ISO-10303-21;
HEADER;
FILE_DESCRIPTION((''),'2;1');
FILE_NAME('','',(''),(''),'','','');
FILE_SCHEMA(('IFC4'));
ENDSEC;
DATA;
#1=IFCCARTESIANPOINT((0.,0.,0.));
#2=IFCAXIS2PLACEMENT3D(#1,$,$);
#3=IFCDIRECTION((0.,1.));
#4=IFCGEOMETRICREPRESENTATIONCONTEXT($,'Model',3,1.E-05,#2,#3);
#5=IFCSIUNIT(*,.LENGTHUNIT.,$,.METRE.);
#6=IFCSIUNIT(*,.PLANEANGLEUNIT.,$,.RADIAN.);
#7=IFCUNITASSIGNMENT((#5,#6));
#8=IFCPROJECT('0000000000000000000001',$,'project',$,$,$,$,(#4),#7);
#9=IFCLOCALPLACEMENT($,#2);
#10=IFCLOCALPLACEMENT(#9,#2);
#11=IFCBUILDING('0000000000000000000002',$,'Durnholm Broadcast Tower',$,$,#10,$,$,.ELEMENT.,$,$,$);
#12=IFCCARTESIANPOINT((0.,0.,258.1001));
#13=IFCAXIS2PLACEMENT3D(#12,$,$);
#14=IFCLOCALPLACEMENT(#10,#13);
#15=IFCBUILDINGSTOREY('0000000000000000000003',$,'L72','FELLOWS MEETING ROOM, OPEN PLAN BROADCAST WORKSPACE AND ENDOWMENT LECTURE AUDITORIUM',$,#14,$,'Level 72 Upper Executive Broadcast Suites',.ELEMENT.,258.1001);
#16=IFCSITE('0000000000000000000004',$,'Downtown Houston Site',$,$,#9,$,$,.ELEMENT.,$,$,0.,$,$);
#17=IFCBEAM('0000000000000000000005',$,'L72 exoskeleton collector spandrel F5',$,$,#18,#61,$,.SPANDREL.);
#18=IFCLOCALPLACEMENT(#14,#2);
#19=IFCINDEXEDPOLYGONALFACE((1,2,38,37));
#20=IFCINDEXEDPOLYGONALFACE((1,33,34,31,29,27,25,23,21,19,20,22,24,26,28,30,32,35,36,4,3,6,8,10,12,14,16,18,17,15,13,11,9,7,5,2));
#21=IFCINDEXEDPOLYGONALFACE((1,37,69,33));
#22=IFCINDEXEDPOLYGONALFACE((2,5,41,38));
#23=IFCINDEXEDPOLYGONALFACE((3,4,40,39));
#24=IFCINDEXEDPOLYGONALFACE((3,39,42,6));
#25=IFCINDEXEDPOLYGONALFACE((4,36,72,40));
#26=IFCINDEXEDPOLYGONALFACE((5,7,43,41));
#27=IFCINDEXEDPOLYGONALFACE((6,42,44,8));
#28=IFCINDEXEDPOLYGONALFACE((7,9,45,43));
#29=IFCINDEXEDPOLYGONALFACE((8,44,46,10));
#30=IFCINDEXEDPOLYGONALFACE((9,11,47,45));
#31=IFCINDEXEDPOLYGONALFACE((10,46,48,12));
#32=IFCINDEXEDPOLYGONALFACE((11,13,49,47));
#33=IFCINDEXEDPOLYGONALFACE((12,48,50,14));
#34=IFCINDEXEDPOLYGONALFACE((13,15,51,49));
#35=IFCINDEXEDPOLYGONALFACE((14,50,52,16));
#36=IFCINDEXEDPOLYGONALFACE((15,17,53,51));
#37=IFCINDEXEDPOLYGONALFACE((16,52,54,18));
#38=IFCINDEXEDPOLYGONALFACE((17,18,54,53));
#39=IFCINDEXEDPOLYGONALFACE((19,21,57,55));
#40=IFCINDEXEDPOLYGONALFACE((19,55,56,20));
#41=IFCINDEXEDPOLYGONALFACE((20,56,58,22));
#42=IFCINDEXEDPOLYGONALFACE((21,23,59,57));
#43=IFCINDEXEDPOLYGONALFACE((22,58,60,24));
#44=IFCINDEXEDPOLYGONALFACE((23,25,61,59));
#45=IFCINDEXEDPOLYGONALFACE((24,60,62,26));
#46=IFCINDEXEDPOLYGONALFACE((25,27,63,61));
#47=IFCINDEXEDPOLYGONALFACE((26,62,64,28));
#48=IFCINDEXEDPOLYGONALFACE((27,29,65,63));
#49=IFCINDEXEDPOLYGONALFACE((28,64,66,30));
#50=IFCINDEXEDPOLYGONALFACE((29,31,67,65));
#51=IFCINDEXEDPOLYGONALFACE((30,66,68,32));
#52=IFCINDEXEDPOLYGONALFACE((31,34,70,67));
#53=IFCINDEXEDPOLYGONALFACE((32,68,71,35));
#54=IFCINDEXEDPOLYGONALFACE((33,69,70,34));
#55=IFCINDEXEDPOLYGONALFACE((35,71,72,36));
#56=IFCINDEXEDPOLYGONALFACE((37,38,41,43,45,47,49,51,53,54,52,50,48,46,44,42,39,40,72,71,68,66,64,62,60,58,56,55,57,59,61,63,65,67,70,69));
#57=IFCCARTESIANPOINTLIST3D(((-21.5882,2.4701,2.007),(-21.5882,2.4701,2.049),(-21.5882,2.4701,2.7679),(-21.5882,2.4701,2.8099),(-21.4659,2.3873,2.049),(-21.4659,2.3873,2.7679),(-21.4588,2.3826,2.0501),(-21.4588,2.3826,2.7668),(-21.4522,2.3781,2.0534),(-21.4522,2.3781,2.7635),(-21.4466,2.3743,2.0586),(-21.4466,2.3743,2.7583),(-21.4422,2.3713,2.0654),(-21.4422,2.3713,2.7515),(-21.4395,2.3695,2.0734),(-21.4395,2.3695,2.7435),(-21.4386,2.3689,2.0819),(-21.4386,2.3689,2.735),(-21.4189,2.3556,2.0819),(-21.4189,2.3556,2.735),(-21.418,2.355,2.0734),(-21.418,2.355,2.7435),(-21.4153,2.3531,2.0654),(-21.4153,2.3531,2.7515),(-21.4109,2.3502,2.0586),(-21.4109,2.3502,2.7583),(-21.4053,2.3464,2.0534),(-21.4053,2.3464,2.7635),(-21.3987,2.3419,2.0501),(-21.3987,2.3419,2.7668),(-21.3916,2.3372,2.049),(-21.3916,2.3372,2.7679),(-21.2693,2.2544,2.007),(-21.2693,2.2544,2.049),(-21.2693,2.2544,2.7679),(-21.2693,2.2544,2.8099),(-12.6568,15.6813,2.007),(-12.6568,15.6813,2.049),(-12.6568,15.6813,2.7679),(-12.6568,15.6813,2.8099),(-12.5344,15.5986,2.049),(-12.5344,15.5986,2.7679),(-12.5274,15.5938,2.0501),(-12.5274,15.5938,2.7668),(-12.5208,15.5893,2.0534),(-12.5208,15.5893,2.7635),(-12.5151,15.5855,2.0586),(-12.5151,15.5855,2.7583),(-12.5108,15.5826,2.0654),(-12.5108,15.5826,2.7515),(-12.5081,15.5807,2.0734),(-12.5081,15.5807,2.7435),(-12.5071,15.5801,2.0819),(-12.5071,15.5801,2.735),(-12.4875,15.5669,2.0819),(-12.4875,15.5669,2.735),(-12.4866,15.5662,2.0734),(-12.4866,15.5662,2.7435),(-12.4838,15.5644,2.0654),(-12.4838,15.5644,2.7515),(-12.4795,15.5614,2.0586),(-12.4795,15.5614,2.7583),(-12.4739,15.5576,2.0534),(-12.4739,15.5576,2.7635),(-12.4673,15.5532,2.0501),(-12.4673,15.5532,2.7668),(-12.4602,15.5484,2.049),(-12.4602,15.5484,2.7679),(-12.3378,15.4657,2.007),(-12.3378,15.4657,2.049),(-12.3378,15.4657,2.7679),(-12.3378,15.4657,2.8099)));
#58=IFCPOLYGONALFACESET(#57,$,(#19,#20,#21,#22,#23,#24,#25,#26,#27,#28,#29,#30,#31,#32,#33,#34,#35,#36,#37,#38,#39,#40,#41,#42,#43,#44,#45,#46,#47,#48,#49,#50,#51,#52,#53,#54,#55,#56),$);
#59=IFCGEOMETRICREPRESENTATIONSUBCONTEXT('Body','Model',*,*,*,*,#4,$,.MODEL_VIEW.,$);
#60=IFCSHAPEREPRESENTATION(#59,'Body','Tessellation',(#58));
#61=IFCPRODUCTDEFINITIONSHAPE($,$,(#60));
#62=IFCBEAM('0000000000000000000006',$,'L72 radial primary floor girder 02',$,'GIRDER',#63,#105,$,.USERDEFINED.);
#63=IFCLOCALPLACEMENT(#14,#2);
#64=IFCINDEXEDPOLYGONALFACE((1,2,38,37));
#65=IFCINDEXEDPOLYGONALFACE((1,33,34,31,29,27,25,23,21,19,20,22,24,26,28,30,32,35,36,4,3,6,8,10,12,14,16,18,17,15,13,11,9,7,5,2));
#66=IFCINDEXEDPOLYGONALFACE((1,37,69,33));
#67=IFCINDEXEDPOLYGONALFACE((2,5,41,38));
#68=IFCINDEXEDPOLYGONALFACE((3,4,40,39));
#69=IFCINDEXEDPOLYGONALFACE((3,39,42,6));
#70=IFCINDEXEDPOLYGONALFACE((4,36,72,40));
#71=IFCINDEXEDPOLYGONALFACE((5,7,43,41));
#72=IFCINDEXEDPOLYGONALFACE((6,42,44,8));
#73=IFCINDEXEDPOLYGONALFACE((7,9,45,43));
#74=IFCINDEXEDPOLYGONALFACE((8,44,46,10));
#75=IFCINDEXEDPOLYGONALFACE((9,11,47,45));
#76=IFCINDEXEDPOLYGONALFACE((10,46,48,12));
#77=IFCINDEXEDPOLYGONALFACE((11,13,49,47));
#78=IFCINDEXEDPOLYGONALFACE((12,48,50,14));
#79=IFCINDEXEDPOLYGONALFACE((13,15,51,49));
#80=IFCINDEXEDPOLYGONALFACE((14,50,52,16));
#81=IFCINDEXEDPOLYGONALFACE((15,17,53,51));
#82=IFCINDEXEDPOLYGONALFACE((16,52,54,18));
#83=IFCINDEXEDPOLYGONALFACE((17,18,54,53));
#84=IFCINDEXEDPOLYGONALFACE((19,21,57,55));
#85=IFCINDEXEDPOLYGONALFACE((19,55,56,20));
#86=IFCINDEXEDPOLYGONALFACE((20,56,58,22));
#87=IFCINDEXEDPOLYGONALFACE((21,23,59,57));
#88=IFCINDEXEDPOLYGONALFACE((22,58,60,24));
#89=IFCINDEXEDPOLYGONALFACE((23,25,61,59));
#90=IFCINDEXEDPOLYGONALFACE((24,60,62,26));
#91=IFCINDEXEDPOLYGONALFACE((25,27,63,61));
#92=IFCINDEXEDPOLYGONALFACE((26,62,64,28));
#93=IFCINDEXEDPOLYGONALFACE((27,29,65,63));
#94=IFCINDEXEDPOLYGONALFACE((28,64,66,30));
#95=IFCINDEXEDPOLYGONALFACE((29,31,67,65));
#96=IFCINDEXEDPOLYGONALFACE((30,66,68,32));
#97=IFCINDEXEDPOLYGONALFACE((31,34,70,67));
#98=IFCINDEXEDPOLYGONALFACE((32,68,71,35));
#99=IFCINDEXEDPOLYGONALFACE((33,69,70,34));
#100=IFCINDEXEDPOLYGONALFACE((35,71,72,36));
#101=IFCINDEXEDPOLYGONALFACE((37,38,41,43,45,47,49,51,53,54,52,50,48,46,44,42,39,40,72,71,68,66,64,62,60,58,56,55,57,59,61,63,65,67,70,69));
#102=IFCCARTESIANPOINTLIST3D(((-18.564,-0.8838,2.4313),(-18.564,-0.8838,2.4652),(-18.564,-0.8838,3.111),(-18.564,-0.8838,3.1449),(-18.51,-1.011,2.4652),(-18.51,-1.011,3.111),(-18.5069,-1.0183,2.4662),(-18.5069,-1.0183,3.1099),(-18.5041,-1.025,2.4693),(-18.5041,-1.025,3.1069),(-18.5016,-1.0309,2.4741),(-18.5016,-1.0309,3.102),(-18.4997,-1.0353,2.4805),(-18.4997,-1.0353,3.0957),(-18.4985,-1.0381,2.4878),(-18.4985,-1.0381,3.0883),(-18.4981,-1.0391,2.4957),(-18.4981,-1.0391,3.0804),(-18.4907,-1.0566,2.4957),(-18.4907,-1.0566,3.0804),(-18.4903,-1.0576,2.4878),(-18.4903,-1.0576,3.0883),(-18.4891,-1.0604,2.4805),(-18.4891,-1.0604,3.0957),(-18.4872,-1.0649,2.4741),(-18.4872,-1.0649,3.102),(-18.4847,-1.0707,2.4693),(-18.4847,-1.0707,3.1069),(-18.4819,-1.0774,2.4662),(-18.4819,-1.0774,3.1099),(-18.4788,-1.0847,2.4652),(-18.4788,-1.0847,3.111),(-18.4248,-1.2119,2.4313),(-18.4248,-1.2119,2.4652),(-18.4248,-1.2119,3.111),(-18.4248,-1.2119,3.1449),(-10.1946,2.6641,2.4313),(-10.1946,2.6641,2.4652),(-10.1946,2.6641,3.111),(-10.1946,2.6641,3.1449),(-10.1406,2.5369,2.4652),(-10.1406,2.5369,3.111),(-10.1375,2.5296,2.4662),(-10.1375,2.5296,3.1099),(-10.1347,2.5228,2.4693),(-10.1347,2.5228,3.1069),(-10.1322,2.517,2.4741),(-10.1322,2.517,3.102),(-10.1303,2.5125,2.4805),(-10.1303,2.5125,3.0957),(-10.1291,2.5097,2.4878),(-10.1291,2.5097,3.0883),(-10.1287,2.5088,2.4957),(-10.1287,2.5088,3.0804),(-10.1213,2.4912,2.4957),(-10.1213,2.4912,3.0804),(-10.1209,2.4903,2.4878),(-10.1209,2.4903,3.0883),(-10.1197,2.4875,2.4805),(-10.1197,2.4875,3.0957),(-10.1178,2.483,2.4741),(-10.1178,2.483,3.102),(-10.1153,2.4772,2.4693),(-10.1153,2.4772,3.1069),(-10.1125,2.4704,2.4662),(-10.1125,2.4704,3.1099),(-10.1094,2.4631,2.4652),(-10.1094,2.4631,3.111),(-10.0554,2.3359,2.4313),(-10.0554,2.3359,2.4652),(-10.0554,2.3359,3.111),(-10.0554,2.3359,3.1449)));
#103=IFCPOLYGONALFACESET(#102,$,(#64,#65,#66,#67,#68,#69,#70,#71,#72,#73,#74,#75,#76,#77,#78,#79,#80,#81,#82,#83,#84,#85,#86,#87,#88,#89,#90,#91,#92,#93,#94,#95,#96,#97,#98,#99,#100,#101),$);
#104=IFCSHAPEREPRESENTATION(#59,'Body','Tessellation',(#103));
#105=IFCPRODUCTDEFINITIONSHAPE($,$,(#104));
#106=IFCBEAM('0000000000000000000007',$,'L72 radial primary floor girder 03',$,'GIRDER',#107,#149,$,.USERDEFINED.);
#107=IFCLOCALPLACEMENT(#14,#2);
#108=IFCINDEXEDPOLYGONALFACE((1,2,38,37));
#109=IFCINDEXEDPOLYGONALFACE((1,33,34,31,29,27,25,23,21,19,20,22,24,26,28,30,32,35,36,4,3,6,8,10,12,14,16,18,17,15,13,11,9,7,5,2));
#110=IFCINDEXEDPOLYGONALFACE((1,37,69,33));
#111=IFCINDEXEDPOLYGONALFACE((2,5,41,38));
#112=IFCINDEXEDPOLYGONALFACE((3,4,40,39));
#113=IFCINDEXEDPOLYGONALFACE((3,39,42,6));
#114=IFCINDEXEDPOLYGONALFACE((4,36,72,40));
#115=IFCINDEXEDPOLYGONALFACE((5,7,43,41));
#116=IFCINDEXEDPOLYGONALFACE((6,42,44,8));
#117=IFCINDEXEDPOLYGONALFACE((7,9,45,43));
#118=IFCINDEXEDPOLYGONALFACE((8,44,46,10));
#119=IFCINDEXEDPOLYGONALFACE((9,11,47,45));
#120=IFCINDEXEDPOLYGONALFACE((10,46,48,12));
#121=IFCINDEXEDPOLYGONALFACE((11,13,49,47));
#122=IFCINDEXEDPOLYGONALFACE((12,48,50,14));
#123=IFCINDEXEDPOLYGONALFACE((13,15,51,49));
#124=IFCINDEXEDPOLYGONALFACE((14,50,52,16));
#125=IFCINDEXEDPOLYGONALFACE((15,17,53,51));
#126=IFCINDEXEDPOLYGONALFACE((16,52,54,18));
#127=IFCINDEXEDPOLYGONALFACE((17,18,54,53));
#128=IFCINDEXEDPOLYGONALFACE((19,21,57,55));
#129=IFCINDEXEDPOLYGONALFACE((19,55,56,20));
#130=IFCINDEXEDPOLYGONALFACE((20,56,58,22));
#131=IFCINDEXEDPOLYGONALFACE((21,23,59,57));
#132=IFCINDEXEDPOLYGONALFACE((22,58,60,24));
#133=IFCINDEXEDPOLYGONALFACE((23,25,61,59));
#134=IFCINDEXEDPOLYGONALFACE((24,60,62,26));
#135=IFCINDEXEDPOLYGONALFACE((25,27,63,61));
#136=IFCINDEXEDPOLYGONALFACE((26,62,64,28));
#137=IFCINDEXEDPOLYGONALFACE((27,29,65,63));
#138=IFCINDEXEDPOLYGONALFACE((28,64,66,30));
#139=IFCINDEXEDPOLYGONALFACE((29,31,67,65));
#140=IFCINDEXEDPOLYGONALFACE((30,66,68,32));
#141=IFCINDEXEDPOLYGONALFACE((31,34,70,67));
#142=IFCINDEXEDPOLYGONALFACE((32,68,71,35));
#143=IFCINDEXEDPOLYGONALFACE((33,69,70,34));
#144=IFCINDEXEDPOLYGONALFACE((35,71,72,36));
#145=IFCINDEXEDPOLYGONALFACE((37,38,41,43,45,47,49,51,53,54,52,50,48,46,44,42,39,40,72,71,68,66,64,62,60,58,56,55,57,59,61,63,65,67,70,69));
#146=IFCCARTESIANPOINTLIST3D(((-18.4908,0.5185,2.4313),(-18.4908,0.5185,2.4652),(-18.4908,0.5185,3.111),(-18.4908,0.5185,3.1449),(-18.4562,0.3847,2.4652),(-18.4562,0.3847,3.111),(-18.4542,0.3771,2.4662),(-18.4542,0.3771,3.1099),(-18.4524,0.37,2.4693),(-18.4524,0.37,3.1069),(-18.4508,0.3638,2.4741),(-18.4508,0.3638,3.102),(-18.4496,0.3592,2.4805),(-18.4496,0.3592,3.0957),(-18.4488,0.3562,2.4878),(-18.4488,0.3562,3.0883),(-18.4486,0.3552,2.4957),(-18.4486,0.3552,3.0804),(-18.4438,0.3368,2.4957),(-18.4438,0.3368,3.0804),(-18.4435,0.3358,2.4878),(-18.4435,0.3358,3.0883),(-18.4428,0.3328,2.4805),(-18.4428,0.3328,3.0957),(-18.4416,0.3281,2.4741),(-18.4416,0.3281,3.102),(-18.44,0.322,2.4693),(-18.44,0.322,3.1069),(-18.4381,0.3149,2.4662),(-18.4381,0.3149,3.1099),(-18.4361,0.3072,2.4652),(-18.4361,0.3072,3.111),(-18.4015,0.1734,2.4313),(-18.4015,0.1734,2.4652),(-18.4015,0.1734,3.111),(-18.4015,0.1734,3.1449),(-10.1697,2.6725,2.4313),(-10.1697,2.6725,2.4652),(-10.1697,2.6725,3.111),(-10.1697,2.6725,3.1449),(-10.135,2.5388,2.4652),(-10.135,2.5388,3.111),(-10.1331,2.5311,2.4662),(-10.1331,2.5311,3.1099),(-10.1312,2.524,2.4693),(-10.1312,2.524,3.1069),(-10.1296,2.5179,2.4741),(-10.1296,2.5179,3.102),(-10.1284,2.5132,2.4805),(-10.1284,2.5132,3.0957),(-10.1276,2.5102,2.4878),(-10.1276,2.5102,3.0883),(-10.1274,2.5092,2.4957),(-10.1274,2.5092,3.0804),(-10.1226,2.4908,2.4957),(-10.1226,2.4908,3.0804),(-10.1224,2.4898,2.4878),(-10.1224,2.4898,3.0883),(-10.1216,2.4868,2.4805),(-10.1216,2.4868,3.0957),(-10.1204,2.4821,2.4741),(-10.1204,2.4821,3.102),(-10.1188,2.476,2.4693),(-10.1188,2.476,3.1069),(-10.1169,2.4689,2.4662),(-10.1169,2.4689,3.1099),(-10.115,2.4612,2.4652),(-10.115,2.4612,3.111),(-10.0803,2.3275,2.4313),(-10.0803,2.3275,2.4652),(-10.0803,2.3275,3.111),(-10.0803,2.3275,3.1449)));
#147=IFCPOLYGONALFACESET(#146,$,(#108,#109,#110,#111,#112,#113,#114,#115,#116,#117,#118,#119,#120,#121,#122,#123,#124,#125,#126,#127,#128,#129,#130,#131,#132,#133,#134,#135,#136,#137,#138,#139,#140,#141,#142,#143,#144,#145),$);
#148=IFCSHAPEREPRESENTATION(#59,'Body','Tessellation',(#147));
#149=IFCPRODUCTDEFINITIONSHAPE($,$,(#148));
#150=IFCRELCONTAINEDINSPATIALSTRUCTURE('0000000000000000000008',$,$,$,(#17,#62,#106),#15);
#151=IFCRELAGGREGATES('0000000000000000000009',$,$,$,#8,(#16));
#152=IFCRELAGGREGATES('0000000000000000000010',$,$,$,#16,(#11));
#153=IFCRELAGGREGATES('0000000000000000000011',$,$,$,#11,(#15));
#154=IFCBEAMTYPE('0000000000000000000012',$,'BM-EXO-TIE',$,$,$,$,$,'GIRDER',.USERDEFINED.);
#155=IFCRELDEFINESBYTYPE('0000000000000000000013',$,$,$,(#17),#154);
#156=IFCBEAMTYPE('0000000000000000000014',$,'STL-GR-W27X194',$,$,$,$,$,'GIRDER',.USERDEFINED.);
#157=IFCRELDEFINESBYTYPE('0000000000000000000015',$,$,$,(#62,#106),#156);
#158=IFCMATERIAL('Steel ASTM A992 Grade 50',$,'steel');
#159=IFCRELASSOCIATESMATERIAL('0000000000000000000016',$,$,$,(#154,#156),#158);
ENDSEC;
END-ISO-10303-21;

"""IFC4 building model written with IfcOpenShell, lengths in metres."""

from ifc_helpers import new_model, si_unit, direction, frame, origin, origin_2d, place, context, subcontext, project, spatial, i_section, extrude, source, transform, mapped, material, material_profile, profile_set, type_object, element, save


model = new_model("IFC4")

# Units and contexts
model_context = context("Model", 3, precision=1e-05, world=origin(), true_north=direction((0.0, 1.0)))
body_context = subcontext(model_context, "Body", "Model", "MODEL_VIEW")
ifc_project = project(units=[si_unit("LENGTHUNIT", "METRE"), si_unit("PLANEANGLEUNIT", "RADIAN")], contexts=[model_context])

# Site, building, storey
site_placement = place(None, origin())
site = spatial("IfcSite", under=ifc_project, at=site_placement, Name="Downtown Houston Site", CompositionType="ELEMENT", RefElevation=0.0)
building_placement = place(site_placement, origin())
building = spatial("IfcBuilding", under=site, at=building_placement, Name="Durnholm Broadcast Tower", CompositionType="ELEMENT")
storey_placement = place(building_placement, frame((0.0, 0.0, 258.1001)))
storey = spatial("IfcBuildingStorey", under=building, at=storey_placement, Name="L72", Description="FELLOWS MEETING ROOM, OPEN PLAN BROADCAST WORKSPACE AND ENDOWMENT LECTURE AUDITORIUM", LongName="Level 72 Upper Executive Broadcast Suites", CompositionType="ELEMENT", Elevation=258.1001)

# Beams
ifc_material_1 = material(Name="Steel ASTM A992 Grade 50", Category="steel")
ifc_material_profile_1 = material_profile(ifc_material_1, i_section(OverallWidth=0.385, OverallDepth=0.803, WebThickness=0.0237, FlangeThickness=0.042, FilletRadius=0.033, at=origin_2d()), Name="W30X261")
ifc_profile_set_1 = profile_set([ifc_material_profile_1], Name="Steel ASTM A992 Grade 50")
beam_type_1 = type_object("IfcBeamType", Name="BM-EXO-TIE", ElementType="GIRDER", PredefinedType="USERDEFINED", material=ifc_profile_set_1)
ifc_material_profile_2 = material_profile(ifc_material_1, i_section(OverallWidth=0.3564, OverallDepth=0.7136, WebThickness=0.019, FlangeThickness=0.0339, FilletRadius=0.0305, at=origin_2d()), Name="W27X194")
ifc_profile_set_2 = profile_set([ifc_material_profile_2], Name="Steel ASTM A992 Grade 50")
beam_type_2 = type_object("IfcBeamType", Name="STL-GR-W27X194", ElementType="GIRDER", PredefinedType="USERDEFINED", material=ifc_profile_set_2)
shared_shape_1 = source(origin(), body_context, "Body", "SweptSolid", [
    extrude(i_section(OverallWidth=0.385, OverallDepth=0.803, WebThickness=0.0237, FlangeThickness=0.042, FilletRadius=0.033, at=origin_2d()), origin(), (0.0, 0.0, 1.0), 15.947),
])
beam_1_placement = place(storey_placement, frame((-12.4973, 15.5735, 2.4084), z_axis=(-0.560069, -0.828446, 0.0), x_axis=(0.828446, -0.560069, 0.0)))
element("IfcBeam", 1, at=beam_1_placement, inside=storey, type_object=beam_type_1, Name="L72 exoskeleton collector spandrel F5", PredefinedType="SPANDREL", context=body_context, shape_type="MappedRepresentation", body=[
    mapped(shared_shape_1, transform((0.0, 0.0, 0.0), x_axis=(1.0, 0.0, 0.0), y_axis=(0.0, 1.0, 0.0), z_axis=(0.0, 0.0, 1.0), scale=1.0)),
])
shared_shape_2 = source(origin(), body_context, "Body", "SweptSolid", [
    extrude(i_section(OverallWidth=0.3564, OverallDepth=0.7136, WebThickness=0.019, FlangeThickness=0.0339, FilletRadius=0.0305, at=origin_2d()), origin(), (0.0, 0.0, 1.0), 9.0903),
])
beam_2_placement = place(storey_placement, frame((-10.125, 2.5, 2.7881), z_axis=(-0.920692, -0.390289, 0.0), x_axis=(0.390289, -0.920692, 0.0)))
element("IfcBeam", 2, at=beam_2_placement, inside=storey, type_object=beam_type_2, Name="L72 radial primary floor girder 02", ObjectType="GIRDER", PredefinedType="USERDEFINED", context=body_context, shape_type="MappedRepresentation", body=[
    mapped(shared_shape_2, transform((0.0, 0.0, 0.0), x_axis=(1.0, 0.0, 0.0), y_axis=(0.0, 1.0, 0.0), z_axis=(0.0, 0.0, 1.0), scale=1.0)),
])
shared_shape_3 = source(origin(), body_context, "Body", "SweptSolid", [
    extrude(i_section(OverallWidth=0.3564, OverallDepth=0.7136, WebThickness=0.019, FlangeThickness=0.0339, FilletRadius=0.0305, at=origin_2d()), origin(), (0.0, 0.0, 1.0), 8.5955),
])
beam_3_placement = place(storey_placement, frame((-10.125, 2.5, 2.7881), z_axis=(-0.968091, -0.2506, 0.0), x_axis=(0.2506, -0.968091, 0.0)))
element("IfcBeam", 3, at=beam_3_placement, inside=storey, type_object=beam_type_2, Name="L72 radial primary floor girder 03", ObjectType="GIRDER", PredefinedType="USERDEFINED", context=body_context, shape_type="MappedRepresentation", body=[
    mapped(shared_shape_3, transform((0.0, 0.0, 0.0), x_axis=(1.0, 0.0, 0.0), y_axis=(0.0, 1.0, 0.0), z_axis=(0.0, 0.0, 1.0), scale=1.0)),
])

save(model, "model.ifc")
